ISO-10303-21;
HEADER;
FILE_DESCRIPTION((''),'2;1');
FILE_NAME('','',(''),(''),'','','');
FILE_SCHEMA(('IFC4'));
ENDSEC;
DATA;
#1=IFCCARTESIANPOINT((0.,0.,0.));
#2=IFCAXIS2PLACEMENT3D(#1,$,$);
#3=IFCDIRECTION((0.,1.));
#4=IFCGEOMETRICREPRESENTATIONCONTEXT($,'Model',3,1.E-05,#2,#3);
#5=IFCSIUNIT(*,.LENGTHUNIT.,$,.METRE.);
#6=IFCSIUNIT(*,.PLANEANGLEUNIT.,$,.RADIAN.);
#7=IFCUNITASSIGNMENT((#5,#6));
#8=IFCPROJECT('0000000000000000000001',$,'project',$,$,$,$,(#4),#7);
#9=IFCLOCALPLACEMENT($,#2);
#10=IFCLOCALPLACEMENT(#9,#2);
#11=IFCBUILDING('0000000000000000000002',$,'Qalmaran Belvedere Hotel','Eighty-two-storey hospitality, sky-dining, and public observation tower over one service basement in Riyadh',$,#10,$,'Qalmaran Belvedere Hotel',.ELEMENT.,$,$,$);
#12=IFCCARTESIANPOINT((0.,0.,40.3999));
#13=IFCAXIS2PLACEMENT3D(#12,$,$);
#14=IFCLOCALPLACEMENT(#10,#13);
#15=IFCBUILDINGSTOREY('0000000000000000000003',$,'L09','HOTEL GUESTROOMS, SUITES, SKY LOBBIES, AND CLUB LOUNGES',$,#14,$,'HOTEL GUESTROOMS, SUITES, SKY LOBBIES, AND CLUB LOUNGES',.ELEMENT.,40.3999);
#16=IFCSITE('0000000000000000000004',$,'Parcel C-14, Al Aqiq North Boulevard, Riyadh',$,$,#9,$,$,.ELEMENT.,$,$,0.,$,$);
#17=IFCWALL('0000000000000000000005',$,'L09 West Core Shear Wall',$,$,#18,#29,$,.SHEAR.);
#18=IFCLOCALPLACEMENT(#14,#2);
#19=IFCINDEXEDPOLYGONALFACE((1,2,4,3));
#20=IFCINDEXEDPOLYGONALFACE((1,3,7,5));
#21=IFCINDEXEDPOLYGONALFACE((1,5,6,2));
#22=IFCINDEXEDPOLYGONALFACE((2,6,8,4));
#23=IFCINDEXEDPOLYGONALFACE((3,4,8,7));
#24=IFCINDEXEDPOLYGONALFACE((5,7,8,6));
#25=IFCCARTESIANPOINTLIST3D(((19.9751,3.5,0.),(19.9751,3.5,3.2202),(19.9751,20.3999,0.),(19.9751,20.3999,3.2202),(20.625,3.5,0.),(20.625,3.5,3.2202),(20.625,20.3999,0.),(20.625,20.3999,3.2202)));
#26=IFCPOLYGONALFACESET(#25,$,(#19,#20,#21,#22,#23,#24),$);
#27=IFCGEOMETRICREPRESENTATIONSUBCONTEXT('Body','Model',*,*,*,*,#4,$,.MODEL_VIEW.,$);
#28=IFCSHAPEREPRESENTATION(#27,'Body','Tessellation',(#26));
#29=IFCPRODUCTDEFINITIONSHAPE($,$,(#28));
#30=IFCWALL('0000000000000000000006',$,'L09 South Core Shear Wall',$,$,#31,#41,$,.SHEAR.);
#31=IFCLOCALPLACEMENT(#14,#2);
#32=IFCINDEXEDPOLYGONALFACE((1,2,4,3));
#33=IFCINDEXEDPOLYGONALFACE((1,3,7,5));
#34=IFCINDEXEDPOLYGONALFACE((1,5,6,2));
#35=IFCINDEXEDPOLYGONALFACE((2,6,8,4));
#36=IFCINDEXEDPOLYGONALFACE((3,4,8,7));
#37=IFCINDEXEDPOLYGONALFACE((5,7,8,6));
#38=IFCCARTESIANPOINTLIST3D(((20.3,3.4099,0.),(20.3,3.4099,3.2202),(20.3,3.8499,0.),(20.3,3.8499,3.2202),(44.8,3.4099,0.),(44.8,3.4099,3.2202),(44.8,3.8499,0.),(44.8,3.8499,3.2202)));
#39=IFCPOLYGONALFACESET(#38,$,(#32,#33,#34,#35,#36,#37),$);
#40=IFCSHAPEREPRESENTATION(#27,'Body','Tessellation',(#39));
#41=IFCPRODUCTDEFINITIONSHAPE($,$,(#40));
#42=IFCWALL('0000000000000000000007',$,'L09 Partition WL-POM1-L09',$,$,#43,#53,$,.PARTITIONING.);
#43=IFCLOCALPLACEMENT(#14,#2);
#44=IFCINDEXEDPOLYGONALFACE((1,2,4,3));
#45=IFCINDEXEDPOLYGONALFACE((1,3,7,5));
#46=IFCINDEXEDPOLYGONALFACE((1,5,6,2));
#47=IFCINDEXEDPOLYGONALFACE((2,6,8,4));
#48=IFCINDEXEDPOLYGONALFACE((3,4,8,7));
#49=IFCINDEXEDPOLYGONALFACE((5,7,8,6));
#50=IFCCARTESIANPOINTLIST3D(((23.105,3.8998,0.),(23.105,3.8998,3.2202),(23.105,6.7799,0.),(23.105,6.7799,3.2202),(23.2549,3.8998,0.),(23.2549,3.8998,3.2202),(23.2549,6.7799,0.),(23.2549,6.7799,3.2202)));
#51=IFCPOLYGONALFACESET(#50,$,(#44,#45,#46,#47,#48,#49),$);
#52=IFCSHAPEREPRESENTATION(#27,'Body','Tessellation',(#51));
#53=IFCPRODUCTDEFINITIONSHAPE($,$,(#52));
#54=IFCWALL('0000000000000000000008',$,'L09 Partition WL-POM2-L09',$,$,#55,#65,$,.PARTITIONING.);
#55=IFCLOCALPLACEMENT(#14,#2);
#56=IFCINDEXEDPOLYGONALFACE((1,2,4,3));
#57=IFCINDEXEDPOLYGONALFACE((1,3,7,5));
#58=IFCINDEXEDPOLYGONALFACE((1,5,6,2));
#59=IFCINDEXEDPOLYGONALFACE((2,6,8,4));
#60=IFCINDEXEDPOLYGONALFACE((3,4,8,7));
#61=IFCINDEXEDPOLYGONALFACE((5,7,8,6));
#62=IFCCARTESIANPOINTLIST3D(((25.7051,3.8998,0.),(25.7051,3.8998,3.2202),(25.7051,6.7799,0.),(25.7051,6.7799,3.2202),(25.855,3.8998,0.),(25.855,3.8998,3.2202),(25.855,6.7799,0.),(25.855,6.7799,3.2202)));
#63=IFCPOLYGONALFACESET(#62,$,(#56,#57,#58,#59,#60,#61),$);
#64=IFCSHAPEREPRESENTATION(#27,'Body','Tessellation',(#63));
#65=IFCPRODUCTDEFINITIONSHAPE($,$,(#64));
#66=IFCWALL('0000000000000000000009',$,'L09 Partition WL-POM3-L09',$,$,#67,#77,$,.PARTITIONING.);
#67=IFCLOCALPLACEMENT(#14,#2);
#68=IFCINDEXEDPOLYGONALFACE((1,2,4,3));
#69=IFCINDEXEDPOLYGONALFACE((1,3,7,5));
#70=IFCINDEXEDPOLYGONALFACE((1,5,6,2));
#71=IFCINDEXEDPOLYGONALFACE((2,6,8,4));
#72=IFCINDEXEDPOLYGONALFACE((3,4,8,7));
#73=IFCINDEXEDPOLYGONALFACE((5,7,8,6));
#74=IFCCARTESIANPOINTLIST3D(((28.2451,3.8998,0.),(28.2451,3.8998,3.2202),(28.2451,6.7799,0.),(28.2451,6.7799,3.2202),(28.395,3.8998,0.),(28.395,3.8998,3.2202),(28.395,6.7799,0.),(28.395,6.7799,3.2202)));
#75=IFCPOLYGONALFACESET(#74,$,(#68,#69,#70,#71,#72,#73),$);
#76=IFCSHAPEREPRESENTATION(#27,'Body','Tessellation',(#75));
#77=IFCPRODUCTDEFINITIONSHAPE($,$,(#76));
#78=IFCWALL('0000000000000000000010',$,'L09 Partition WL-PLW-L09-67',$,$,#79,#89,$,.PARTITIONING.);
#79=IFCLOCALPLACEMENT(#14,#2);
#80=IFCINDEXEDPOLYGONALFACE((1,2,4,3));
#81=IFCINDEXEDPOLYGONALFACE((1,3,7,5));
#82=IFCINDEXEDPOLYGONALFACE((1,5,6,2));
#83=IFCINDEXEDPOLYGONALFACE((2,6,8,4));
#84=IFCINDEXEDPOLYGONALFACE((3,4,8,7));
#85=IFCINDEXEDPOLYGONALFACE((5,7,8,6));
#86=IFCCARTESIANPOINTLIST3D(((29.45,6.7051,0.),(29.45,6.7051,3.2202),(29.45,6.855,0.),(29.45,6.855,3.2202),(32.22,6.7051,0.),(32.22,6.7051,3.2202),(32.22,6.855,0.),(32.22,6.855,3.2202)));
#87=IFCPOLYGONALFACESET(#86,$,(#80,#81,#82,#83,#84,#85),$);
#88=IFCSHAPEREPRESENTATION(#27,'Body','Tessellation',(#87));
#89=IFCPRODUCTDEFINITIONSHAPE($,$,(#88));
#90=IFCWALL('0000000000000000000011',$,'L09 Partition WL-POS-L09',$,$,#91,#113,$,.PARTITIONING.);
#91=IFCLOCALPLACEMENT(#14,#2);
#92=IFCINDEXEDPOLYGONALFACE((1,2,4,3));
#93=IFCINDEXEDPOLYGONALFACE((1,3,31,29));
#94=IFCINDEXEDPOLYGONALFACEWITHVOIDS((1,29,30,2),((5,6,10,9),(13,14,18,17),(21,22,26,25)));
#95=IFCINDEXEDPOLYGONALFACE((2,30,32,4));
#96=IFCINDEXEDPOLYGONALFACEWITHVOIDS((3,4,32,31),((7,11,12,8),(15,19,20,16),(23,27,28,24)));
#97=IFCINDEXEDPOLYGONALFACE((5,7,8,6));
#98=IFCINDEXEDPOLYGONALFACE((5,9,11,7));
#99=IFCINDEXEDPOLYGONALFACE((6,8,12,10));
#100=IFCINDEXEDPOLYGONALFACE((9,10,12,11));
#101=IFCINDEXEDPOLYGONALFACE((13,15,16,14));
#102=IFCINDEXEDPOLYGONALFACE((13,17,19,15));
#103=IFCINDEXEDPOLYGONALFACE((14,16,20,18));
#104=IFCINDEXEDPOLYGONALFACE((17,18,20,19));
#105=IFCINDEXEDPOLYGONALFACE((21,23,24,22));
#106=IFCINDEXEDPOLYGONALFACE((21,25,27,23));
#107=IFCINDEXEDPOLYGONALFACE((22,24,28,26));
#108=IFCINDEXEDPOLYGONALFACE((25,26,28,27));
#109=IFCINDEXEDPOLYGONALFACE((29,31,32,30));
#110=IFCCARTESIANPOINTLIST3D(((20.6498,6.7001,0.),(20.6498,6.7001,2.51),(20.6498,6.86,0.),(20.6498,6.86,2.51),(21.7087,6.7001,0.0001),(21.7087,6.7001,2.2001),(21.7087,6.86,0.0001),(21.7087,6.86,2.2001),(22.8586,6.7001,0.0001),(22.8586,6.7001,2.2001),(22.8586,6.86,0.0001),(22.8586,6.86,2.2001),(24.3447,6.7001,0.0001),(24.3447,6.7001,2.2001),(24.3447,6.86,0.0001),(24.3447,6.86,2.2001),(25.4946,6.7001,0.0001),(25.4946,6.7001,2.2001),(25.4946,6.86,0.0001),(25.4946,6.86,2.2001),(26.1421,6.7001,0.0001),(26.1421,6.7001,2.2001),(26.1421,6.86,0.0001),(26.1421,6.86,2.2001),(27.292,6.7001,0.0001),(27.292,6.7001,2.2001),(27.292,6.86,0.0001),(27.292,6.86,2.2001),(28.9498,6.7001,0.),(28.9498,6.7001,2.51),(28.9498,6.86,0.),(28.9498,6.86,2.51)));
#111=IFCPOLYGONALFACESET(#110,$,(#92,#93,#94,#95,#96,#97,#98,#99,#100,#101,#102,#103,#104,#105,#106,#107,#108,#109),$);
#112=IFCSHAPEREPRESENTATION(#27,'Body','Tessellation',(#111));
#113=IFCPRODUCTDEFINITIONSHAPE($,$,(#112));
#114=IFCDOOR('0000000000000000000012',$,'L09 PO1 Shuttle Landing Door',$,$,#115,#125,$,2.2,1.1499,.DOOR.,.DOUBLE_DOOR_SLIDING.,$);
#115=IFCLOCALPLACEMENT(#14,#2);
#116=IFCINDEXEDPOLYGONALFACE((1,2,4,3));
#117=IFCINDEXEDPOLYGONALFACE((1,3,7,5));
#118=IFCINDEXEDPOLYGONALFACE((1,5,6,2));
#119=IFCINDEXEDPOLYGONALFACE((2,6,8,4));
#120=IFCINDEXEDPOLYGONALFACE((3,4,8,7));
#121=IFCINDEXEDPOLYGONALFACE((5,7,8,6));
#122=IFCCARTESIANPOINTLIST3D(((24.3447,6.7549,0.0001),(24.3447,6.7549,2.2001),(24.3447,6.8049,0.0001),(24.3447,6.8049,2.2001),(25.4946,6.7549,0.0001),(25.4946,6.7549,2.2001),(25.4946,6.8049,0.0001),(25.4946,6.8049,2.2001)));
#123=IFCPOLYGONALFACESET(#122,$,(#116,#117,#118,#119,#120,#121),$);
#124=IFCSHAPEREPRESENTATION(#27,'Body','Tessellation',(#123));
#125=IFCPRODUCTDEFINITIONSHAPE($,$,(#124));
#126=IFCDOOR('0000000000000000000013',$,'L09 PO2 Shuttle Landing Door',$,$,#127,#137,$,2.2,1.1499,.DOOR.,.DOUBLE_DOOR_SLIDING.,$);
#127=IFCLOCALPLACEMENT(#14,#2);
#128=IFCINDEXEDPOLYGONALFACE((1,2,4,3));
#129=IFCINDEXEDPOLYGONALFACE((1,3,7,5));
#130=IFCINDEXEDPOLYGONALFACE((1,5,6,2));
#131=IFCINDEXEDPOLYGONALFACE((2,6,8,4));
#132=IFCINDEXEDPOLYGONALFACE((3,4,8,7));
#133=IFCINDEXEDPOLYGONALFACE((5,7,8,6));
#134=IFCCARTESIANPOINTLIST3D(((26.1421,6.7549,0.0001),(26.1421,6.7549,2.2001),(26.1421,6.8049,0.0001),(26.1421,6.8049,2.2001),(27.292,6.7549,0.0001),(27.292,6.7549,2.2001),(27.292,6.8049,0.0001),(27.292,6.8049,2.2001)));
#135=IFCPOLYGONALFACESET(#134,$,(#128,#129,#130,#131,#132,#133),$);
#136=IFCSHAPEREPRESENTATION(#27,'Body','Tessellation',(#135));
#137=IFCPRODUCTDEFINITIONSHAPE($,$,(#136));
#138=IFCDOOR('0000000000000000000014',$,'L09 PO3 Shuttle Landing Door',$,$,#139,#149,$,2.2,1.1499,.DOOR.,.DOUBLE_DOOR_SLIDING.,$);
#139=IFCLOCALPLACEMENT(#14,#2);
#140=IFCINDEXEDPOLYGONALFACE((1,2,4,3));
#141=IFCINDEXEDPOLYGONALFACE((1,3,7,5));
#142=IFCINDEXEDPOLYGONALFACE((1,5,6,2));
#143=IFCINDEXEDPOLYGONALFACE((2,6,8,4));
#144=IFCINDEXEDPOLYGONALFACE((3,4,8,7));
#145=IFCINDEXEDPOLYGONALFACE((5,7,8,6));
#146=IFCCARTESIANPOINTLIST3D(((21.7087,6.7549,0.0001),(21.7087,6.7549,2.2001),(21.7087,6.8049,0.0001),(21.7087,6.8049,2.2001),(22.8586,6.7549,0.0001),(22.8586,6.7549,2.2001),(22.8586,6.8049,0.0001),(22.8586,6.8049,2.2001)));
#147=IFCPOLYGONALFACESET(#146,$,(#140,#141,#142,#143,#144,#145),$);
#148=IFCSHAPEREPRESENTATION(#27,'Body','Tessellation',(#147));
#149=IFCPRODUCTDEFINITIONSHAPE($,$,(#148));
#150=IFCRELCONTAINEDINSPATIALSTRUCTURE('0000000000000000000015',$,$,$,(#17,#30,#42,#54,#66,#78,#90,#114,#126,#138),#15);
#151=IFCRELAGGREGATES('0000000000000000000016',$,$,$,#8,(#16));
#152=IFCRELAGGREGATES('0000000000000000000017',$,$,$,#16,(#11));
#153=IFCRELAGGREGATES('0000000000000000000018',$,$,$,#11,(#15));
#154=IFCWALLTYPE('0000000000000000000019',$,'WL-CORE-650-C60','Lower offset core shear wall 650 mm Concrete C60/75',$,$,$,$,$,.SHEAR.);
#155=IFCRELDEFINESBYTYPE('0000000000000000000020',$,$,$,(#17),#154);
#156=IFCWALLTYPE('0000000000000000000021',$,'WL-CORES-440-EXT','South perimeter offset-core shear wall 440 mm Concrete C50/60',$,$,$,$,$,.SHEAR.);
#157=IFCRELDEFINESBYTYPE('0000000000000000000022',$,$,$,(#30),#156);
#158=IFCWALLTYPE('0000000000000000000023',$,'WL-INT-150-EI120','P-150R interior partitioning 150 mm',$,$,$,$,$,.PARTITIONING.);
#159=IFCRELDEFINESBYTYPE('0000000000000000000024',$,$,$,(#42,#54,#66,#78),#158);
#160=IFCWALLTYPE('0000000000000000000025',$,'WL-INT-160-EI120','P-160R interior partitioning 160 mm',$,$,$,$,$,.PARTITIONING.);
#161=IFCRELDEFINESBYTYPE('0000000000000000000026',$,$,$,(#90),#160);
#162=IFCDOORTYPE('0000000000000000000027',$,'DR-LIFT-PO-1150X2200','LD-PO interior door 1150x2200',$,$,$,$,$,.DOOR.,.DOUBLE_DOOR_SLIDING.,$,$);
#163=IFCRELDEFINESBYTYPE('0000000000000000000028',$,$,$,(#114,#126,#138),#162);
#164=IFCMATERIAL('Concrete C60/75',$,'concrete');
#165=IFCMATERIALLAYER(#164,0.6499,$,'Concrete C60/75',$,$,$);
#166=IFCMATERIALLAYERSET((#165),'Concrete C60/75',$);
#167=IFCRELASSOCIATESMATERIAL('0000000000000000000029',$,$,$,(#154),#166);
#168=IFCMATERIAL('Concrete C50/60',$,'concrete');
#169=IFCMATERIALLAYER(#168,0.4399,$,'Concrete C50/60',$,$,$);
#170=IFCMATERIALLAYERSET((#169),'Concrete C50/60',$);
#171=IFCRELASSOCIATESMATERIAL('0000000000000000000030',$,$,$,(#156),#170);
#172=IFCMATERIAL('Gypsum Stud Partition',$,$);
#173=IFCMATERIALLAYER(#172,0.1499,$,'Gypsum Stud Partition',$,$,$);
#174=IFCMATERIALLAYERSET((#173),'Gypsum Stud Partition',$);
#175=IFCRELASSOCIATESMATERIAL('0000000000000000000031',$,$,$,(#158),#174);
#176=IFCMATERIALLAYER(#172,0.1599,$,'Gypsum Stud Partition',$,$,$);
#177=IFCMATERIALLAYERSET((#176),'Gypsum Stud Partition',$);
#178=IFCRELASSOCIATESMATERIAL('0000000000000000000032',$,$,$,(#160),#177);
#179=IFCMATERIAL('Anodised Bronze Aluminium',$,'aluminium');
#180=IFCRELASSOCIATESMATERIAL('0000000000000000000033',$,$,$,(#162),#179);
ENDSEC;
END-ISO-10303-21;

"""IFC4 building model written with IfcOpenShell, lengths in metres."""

from ifc_helpers import new_model, si_unit, direction, frame, frame_2d, origin, place, context, subcontext, project, spatial, rectangle, extrude, material, layer, layer_set, type_object, element, fill, save


model = new_model("IFC4")

# Units and contexts
model_context = context("Model", 3, precision=1e-05, world=origin(), true_north=direction((0.0, 1.0)))
body_context = subcontext(model_context, "Body", "Model", "MODEL_VIEW")
ifc_project = project(units=[si_unit("LENGTHUNIT", "METRE"), si_unit("PLANEANGLEUNIT", "RADIAN")], contexts=[model_context])

# Site, building, storey
site_placement = place(None, origin())
site = spatial("IfcSite", under=ifc_project, at=site_placement, Name="Parcel C-14, Al Aqiq North Boulevard, Riyadh", CompositionType="ELEMENT", RefElevation=0.0)
building_placement = place(site_placement, origin())
building = spatial("IfcBuilding", under=site, at=building_placement, Name="Qalmaran Belvedere Hotel", Description="Eighty-two-storey hospitality, sky-dining, and public observation tower over one service basement in Riyadh", LongName="Qalmaran Belvedere Hotel", CompositionType="ELEMENT")
storey_placement = place(building_placement, frame((0.0, 0.0, 40.3999)))
storey = spatial("IfcBuildingStorey", under=building, at=storey_placement, Name="L09", Description="HOTEL GUESTROOMS, SUITES, SKY LOBBIES, AND CLUB LOUNGES", LongName="HOTEL GUESTROOMS, SUITES, SKY LOBBIES, AND CLUB LOUNGES", CompositionType="ELEMENT", Elevation=40.3999)

# Shared definitions
ifc_material_1 = material(Name="Concrete C60/75", Category="concrete")

# Shared definitions
ifc_material_2 = material(Name="Anodised Bronze Aluminium", Category="aluminium")

# Wall
ifc_layer_1 = layer(ifc_material_1, 0.6499, Name="Concrete C60/75")
ifc_layer_set_1 = layer_set([ifc_layer_1], Name="Concrete C60/75")
wall_type_1 = type_object("IfcWallType", Name="WL-CORE-650-C60", Description="Lower offset core shear wall 650 mm Concrete C60/75", PredefinedType="SHEAR", material=ifc_layer_set_1)
wall_1_placement = place(storey_placement, frame((20.3, 3.5, 0.0), z_axis=(0.0, 0.0, 1.0), x_axis=(0.0, 1.0, 0.0)))
element("IfcWall", 1, at=wall_1_placement, inside=storey, type_object=wall_type_1, Name="L09 West Core Shear Wall", PredefinedType="SHEAR", context=body_context, shape_type="SweptSolid", body=[
    extrude(rectangle(XDim=16.8999, YDim=0.6499, at=frame_2d((8.45, 0.0))), origin(), (0.0, 0.0, 1.0), 3.2202),
])

# Walls
ifc_material_3 = material(Name="Concrete C50/60", Category="concrete")
ifc_layer_2 = layer(ifc_material_3, 0.4399, Name="Concrete C50/60")
ifc_layer_set_2 = layer_set([ifc_layer_2], Name="Concrete C50/60")
wall_type_2 = type_object("IfcWallType", Name="WL-CORES-440-EXT", Description="South perimeter offset-core shear wall 440 mm Concrete C50/60", PredefinedType="SHEAR", material=ifc_layer_set_2)
wall_2_placement = place(storey_placement, frame((20.3, 3.6299, 0.0), z_axis=(0.0, 0.0, 1.0), x_axis=(1.0, 0.0, 0.0)))
element("IfcWall", 2, at=wall_2_placement, inside=storey, type_object=wall_type_2, Name="L09 South Core Shear Wall", PredefinedType="SHEAR", context=body_context, shape_type="SweptSolid", body=[
    extrude(rectangle(XDim=24.5, YDim=0.4399, at=frame_2d((12.25, 0.0))), origin(), (0.0, 0.0, 1.0), 3.2202),
])
ifc_material_4 = material(Name="Gypsum Stud Partition")
ifc_layer_3 = layer(ifc_material_4, 0.1499, Name="Gypsum Stud Partition")
ifc_layer_set_3 = layer_set([ifc_layer_3], Name="Gypsum Stud Partition")
wall_type_3 = type_object("IfcWallType", Name="WL-INT-150-EI120", Description="P-150R interior partitioning 150 mm", PredefinedType="PARTITIONING", material=ifc_layer_set_3)
for number, where, z_axis, x_axis, name in (
    (3, (23.1799, 3.8999, 0.0), (0.0, 0.0, 1.0), (0.0, 1.0, 0.0), "L09 Partition WL-POM1-L09"),
    (4, (25.78, 3.8999, 0.0), (0.0, 0.0, 1.0), (0.0, 1.0, 0.0), "L09 Partition WL-POM2-L09"),
    (5, (28.3201, 3.8999, 0.0), (0.0, 0.0, 1.0), (0.0, 1.0, 0.0), "L09 Partition WL-POM3-L09"),
):
    element("IfcWall", number, at=place(storey_placement, frame(where, z_axis=z_axis, x_axis=x_axis)), inside=storey, type_object=wall_type_3, Name=name, PredefinedType="PARTITIONING", context=body_context, shape_type="SweptSolid", body=[
        extrude(rectangle(XDim=2.8801, YDim=0.1499, at=frame_2d((1.4399, 0.0))), origin(), (0.0, 0.0, 1.0), 3.2202),
    ])
wall_3_placement = place(storey_placement, frame((29.45, 6.78, 0.0), z_axis=(0.0, 0.0, 1.0), x_axis=(1.0, 0.0, 0.0)))
element("IfcWall", 6, at=wall_3_placement, inside=storey, type_object=wall_type_3, Name="L09 Partition WL-PLW-L09-67", PredefinedType="PARTITIONING", context=body_context, shape_type="SweptSolid", body=[
    extrude(rectangle(XDim=2.77, YDim=0.1499, at=frame_2d((1.385, 0.0))), origin(), (0.0, 0.0, 1.0), 3.2202),
])

# Wall, openings, doors
ifc_layer_4 = layer(ifc_material_4, 0.1599, Name="Gypsum Stud Partition")
ifc_layer_set_4 = layer_set([ifc_layer_4], Name="Gypsum Stud Partition")
wall_type_4 = type_object("IfcWallType", Name="WL-INT-160-EI120", Description="P-160R interior partitioning 160 mm", PredefinedType="PARTITIONING", material=ifc_layer_set_4)
wall_4_placement = place(storey_placement, frame((20.6499, 6.78, 0.0), z_axis=(0.0, 0.0, 1.0), x_axis=(1.0, 0.0, 0.0)))
wall_4 = element("IfcWall", 7, at=wall_4_placement, inside=storey, type_object=wall_type_4, Name="L09 Partition WL-POS-L09", PredefinedType="PARTITIONING", context=body_context, shape_type="SweptSolid", body=[
    extrude(rectangle(XDim=8.3, YDim=0.1599, at=frame_2d((4.1499, 0.0))), origin(), (0.0, 0.0, 1.0), 2.51),
])
opening_1_placement = place(wall_4_placement, frame((3.6948, 0.0, 0.0)))
opening_1 = element("IfcOpeningElement", 8, at=opening_1_placement, cuts=wall_4, PredefinedType="OPENING", context=body_context, shape_type="SweptSolid", body=[
    extrude(rectangle(XDim=1.1499, YDim=2.2, at=frame_2d((0.575, 1.1001))), frame((0.0, 0.0898, 0.0), z_axis=(0.0, -1.0, 0.0), x_axis=(1.0, 0.0, 0.0)), (0.0, 0.0, 1.0), 0.1799),
])
opening_2_placement = place(wall_4_placement, frame((5.4922, 0.0, 0.0)))
opening_2 = element("IfcOpeningElement", 9, at=opening_2_placement, cuts=wall_4, PredefinedType="OPENING", context=body_context, shape_type="SweptSolid", body=[
    extrude(rectangle(XDim=1.1499, YDim=2.2, at=frame_2d((0.575, 1.1001))), frame((0.0, 0.0898, 0.0), z_axis=(0.0, -1.0, 0.0), x_axis=(1.0, 0.0, 0.0)), (0.0, 0.0, 1.0), 0.1799),
])
opening_3_placement = place(wall_4_placement, frame((1.0588, 0.0, 0.0)))
opening_3 = element("IfcOpeningElement", 10, at=opening_3_placement, cuts=wall_4, PredefinedType="OPENING", context=body_context, shape_type="SweptSolid", body=[
    extrude(rectangle(XDim=1.1499, YDim=2.2, at=frame_2d((0.575, 1.1001))), frame((0.0, 0.0898, 0.0), z_axis=(0.0, -1.0, 0.0), x_axis=(1.0, 0.0, 0.0)), (0.0, 0.0, 1.0), 0.1799),
])
door_type_1 = type_object("IfcDoorType", Name="DR-LIFT-PO-1150X2200", Description="LD-PO interior door 1150x2200", OperationType="DOUBLE_DOOR_SLIDING", PredefinedType="DOOR", material=ifc_material_2)
door_1_placement = place(opening_1_placement, origin())
door_1 = element("IfcDoor", 11, at=door_1_placement, inside=storey, type_object=door_type_1, Name="L09 PO1 Shuttle Landing Door", OperationType="DOUBLE_DOOR_SLIDING", OverallHeight=2.2, OverallWidth=1.1499, PredefinedType="DOOR", context=body_context, shape_type="SweptSolid", body=[
    extrude(rectangle(XDim=1.1499, YDim=2.2, at=frame_2d((0.575, 1.1001))), frame((0.0, 0.0249, 0.0), z_axis=(0.0, -1.0, 0.0), x_axis=(1.0, 0.0, 0.0)), (0.0, 0.0, 1.0), 0.05),
])
fill(opening_1, door_1)
door_2_placement = place(opening_2_placement, origin())
door_2 = element("IfcDoor", 12, at=door_2_placement, inside=storey, type_object=door_type_1, Name="L09 PO2 Shuttle Landing Door", OperationType="DOUBLE_DOOR_SLIDING", OverallHeight=2.2, OverallWidth=1.1499, PredefinedType="DOOR", context=body_context, shape_type="SweptSolid", body=[
    extrude(rectangle(XDim=1.1499, YDim=2.2, at=frame_2d((0.575, 1.1001))), frame((0.0, 0.0249, 0.0), z_axis=(0.0, -1.0, 0.0), x_axis=(1.0, 0.0, 0.0)), (0.0, 0.0, 1.0), 0.05),
])
fill(opening_2, door_2)
door_3_placement = place(opening_3_placement, origin())
door_3 = element("IfcDoor", 13, at=door_3_placement, inside=storey, type_object=door_type_1, Name="L09 PO3 Shuttle Landing Door", OperationType="DOUBLE_DOOR_SLIDING", OverallHeight=2.2, OverallWidth=1.1499, PredefinedType="DOOR", context=body_context, shape_type="SweptSolid", body=[
    extrude(rectangle(XDim=1.1499, YDim=2.2, at=frame_2d((0.575, 1.1001))), frame((0.0, 0.0249, 0.0), z_axis=(0.0, -1.0, 0.0), x_axis=(1.0, 0.0, 0.0)), (0.0, 0.0, 1.0), 0.05),
])
fill(opening_3, door_3)

save(model, "model.ifc")
